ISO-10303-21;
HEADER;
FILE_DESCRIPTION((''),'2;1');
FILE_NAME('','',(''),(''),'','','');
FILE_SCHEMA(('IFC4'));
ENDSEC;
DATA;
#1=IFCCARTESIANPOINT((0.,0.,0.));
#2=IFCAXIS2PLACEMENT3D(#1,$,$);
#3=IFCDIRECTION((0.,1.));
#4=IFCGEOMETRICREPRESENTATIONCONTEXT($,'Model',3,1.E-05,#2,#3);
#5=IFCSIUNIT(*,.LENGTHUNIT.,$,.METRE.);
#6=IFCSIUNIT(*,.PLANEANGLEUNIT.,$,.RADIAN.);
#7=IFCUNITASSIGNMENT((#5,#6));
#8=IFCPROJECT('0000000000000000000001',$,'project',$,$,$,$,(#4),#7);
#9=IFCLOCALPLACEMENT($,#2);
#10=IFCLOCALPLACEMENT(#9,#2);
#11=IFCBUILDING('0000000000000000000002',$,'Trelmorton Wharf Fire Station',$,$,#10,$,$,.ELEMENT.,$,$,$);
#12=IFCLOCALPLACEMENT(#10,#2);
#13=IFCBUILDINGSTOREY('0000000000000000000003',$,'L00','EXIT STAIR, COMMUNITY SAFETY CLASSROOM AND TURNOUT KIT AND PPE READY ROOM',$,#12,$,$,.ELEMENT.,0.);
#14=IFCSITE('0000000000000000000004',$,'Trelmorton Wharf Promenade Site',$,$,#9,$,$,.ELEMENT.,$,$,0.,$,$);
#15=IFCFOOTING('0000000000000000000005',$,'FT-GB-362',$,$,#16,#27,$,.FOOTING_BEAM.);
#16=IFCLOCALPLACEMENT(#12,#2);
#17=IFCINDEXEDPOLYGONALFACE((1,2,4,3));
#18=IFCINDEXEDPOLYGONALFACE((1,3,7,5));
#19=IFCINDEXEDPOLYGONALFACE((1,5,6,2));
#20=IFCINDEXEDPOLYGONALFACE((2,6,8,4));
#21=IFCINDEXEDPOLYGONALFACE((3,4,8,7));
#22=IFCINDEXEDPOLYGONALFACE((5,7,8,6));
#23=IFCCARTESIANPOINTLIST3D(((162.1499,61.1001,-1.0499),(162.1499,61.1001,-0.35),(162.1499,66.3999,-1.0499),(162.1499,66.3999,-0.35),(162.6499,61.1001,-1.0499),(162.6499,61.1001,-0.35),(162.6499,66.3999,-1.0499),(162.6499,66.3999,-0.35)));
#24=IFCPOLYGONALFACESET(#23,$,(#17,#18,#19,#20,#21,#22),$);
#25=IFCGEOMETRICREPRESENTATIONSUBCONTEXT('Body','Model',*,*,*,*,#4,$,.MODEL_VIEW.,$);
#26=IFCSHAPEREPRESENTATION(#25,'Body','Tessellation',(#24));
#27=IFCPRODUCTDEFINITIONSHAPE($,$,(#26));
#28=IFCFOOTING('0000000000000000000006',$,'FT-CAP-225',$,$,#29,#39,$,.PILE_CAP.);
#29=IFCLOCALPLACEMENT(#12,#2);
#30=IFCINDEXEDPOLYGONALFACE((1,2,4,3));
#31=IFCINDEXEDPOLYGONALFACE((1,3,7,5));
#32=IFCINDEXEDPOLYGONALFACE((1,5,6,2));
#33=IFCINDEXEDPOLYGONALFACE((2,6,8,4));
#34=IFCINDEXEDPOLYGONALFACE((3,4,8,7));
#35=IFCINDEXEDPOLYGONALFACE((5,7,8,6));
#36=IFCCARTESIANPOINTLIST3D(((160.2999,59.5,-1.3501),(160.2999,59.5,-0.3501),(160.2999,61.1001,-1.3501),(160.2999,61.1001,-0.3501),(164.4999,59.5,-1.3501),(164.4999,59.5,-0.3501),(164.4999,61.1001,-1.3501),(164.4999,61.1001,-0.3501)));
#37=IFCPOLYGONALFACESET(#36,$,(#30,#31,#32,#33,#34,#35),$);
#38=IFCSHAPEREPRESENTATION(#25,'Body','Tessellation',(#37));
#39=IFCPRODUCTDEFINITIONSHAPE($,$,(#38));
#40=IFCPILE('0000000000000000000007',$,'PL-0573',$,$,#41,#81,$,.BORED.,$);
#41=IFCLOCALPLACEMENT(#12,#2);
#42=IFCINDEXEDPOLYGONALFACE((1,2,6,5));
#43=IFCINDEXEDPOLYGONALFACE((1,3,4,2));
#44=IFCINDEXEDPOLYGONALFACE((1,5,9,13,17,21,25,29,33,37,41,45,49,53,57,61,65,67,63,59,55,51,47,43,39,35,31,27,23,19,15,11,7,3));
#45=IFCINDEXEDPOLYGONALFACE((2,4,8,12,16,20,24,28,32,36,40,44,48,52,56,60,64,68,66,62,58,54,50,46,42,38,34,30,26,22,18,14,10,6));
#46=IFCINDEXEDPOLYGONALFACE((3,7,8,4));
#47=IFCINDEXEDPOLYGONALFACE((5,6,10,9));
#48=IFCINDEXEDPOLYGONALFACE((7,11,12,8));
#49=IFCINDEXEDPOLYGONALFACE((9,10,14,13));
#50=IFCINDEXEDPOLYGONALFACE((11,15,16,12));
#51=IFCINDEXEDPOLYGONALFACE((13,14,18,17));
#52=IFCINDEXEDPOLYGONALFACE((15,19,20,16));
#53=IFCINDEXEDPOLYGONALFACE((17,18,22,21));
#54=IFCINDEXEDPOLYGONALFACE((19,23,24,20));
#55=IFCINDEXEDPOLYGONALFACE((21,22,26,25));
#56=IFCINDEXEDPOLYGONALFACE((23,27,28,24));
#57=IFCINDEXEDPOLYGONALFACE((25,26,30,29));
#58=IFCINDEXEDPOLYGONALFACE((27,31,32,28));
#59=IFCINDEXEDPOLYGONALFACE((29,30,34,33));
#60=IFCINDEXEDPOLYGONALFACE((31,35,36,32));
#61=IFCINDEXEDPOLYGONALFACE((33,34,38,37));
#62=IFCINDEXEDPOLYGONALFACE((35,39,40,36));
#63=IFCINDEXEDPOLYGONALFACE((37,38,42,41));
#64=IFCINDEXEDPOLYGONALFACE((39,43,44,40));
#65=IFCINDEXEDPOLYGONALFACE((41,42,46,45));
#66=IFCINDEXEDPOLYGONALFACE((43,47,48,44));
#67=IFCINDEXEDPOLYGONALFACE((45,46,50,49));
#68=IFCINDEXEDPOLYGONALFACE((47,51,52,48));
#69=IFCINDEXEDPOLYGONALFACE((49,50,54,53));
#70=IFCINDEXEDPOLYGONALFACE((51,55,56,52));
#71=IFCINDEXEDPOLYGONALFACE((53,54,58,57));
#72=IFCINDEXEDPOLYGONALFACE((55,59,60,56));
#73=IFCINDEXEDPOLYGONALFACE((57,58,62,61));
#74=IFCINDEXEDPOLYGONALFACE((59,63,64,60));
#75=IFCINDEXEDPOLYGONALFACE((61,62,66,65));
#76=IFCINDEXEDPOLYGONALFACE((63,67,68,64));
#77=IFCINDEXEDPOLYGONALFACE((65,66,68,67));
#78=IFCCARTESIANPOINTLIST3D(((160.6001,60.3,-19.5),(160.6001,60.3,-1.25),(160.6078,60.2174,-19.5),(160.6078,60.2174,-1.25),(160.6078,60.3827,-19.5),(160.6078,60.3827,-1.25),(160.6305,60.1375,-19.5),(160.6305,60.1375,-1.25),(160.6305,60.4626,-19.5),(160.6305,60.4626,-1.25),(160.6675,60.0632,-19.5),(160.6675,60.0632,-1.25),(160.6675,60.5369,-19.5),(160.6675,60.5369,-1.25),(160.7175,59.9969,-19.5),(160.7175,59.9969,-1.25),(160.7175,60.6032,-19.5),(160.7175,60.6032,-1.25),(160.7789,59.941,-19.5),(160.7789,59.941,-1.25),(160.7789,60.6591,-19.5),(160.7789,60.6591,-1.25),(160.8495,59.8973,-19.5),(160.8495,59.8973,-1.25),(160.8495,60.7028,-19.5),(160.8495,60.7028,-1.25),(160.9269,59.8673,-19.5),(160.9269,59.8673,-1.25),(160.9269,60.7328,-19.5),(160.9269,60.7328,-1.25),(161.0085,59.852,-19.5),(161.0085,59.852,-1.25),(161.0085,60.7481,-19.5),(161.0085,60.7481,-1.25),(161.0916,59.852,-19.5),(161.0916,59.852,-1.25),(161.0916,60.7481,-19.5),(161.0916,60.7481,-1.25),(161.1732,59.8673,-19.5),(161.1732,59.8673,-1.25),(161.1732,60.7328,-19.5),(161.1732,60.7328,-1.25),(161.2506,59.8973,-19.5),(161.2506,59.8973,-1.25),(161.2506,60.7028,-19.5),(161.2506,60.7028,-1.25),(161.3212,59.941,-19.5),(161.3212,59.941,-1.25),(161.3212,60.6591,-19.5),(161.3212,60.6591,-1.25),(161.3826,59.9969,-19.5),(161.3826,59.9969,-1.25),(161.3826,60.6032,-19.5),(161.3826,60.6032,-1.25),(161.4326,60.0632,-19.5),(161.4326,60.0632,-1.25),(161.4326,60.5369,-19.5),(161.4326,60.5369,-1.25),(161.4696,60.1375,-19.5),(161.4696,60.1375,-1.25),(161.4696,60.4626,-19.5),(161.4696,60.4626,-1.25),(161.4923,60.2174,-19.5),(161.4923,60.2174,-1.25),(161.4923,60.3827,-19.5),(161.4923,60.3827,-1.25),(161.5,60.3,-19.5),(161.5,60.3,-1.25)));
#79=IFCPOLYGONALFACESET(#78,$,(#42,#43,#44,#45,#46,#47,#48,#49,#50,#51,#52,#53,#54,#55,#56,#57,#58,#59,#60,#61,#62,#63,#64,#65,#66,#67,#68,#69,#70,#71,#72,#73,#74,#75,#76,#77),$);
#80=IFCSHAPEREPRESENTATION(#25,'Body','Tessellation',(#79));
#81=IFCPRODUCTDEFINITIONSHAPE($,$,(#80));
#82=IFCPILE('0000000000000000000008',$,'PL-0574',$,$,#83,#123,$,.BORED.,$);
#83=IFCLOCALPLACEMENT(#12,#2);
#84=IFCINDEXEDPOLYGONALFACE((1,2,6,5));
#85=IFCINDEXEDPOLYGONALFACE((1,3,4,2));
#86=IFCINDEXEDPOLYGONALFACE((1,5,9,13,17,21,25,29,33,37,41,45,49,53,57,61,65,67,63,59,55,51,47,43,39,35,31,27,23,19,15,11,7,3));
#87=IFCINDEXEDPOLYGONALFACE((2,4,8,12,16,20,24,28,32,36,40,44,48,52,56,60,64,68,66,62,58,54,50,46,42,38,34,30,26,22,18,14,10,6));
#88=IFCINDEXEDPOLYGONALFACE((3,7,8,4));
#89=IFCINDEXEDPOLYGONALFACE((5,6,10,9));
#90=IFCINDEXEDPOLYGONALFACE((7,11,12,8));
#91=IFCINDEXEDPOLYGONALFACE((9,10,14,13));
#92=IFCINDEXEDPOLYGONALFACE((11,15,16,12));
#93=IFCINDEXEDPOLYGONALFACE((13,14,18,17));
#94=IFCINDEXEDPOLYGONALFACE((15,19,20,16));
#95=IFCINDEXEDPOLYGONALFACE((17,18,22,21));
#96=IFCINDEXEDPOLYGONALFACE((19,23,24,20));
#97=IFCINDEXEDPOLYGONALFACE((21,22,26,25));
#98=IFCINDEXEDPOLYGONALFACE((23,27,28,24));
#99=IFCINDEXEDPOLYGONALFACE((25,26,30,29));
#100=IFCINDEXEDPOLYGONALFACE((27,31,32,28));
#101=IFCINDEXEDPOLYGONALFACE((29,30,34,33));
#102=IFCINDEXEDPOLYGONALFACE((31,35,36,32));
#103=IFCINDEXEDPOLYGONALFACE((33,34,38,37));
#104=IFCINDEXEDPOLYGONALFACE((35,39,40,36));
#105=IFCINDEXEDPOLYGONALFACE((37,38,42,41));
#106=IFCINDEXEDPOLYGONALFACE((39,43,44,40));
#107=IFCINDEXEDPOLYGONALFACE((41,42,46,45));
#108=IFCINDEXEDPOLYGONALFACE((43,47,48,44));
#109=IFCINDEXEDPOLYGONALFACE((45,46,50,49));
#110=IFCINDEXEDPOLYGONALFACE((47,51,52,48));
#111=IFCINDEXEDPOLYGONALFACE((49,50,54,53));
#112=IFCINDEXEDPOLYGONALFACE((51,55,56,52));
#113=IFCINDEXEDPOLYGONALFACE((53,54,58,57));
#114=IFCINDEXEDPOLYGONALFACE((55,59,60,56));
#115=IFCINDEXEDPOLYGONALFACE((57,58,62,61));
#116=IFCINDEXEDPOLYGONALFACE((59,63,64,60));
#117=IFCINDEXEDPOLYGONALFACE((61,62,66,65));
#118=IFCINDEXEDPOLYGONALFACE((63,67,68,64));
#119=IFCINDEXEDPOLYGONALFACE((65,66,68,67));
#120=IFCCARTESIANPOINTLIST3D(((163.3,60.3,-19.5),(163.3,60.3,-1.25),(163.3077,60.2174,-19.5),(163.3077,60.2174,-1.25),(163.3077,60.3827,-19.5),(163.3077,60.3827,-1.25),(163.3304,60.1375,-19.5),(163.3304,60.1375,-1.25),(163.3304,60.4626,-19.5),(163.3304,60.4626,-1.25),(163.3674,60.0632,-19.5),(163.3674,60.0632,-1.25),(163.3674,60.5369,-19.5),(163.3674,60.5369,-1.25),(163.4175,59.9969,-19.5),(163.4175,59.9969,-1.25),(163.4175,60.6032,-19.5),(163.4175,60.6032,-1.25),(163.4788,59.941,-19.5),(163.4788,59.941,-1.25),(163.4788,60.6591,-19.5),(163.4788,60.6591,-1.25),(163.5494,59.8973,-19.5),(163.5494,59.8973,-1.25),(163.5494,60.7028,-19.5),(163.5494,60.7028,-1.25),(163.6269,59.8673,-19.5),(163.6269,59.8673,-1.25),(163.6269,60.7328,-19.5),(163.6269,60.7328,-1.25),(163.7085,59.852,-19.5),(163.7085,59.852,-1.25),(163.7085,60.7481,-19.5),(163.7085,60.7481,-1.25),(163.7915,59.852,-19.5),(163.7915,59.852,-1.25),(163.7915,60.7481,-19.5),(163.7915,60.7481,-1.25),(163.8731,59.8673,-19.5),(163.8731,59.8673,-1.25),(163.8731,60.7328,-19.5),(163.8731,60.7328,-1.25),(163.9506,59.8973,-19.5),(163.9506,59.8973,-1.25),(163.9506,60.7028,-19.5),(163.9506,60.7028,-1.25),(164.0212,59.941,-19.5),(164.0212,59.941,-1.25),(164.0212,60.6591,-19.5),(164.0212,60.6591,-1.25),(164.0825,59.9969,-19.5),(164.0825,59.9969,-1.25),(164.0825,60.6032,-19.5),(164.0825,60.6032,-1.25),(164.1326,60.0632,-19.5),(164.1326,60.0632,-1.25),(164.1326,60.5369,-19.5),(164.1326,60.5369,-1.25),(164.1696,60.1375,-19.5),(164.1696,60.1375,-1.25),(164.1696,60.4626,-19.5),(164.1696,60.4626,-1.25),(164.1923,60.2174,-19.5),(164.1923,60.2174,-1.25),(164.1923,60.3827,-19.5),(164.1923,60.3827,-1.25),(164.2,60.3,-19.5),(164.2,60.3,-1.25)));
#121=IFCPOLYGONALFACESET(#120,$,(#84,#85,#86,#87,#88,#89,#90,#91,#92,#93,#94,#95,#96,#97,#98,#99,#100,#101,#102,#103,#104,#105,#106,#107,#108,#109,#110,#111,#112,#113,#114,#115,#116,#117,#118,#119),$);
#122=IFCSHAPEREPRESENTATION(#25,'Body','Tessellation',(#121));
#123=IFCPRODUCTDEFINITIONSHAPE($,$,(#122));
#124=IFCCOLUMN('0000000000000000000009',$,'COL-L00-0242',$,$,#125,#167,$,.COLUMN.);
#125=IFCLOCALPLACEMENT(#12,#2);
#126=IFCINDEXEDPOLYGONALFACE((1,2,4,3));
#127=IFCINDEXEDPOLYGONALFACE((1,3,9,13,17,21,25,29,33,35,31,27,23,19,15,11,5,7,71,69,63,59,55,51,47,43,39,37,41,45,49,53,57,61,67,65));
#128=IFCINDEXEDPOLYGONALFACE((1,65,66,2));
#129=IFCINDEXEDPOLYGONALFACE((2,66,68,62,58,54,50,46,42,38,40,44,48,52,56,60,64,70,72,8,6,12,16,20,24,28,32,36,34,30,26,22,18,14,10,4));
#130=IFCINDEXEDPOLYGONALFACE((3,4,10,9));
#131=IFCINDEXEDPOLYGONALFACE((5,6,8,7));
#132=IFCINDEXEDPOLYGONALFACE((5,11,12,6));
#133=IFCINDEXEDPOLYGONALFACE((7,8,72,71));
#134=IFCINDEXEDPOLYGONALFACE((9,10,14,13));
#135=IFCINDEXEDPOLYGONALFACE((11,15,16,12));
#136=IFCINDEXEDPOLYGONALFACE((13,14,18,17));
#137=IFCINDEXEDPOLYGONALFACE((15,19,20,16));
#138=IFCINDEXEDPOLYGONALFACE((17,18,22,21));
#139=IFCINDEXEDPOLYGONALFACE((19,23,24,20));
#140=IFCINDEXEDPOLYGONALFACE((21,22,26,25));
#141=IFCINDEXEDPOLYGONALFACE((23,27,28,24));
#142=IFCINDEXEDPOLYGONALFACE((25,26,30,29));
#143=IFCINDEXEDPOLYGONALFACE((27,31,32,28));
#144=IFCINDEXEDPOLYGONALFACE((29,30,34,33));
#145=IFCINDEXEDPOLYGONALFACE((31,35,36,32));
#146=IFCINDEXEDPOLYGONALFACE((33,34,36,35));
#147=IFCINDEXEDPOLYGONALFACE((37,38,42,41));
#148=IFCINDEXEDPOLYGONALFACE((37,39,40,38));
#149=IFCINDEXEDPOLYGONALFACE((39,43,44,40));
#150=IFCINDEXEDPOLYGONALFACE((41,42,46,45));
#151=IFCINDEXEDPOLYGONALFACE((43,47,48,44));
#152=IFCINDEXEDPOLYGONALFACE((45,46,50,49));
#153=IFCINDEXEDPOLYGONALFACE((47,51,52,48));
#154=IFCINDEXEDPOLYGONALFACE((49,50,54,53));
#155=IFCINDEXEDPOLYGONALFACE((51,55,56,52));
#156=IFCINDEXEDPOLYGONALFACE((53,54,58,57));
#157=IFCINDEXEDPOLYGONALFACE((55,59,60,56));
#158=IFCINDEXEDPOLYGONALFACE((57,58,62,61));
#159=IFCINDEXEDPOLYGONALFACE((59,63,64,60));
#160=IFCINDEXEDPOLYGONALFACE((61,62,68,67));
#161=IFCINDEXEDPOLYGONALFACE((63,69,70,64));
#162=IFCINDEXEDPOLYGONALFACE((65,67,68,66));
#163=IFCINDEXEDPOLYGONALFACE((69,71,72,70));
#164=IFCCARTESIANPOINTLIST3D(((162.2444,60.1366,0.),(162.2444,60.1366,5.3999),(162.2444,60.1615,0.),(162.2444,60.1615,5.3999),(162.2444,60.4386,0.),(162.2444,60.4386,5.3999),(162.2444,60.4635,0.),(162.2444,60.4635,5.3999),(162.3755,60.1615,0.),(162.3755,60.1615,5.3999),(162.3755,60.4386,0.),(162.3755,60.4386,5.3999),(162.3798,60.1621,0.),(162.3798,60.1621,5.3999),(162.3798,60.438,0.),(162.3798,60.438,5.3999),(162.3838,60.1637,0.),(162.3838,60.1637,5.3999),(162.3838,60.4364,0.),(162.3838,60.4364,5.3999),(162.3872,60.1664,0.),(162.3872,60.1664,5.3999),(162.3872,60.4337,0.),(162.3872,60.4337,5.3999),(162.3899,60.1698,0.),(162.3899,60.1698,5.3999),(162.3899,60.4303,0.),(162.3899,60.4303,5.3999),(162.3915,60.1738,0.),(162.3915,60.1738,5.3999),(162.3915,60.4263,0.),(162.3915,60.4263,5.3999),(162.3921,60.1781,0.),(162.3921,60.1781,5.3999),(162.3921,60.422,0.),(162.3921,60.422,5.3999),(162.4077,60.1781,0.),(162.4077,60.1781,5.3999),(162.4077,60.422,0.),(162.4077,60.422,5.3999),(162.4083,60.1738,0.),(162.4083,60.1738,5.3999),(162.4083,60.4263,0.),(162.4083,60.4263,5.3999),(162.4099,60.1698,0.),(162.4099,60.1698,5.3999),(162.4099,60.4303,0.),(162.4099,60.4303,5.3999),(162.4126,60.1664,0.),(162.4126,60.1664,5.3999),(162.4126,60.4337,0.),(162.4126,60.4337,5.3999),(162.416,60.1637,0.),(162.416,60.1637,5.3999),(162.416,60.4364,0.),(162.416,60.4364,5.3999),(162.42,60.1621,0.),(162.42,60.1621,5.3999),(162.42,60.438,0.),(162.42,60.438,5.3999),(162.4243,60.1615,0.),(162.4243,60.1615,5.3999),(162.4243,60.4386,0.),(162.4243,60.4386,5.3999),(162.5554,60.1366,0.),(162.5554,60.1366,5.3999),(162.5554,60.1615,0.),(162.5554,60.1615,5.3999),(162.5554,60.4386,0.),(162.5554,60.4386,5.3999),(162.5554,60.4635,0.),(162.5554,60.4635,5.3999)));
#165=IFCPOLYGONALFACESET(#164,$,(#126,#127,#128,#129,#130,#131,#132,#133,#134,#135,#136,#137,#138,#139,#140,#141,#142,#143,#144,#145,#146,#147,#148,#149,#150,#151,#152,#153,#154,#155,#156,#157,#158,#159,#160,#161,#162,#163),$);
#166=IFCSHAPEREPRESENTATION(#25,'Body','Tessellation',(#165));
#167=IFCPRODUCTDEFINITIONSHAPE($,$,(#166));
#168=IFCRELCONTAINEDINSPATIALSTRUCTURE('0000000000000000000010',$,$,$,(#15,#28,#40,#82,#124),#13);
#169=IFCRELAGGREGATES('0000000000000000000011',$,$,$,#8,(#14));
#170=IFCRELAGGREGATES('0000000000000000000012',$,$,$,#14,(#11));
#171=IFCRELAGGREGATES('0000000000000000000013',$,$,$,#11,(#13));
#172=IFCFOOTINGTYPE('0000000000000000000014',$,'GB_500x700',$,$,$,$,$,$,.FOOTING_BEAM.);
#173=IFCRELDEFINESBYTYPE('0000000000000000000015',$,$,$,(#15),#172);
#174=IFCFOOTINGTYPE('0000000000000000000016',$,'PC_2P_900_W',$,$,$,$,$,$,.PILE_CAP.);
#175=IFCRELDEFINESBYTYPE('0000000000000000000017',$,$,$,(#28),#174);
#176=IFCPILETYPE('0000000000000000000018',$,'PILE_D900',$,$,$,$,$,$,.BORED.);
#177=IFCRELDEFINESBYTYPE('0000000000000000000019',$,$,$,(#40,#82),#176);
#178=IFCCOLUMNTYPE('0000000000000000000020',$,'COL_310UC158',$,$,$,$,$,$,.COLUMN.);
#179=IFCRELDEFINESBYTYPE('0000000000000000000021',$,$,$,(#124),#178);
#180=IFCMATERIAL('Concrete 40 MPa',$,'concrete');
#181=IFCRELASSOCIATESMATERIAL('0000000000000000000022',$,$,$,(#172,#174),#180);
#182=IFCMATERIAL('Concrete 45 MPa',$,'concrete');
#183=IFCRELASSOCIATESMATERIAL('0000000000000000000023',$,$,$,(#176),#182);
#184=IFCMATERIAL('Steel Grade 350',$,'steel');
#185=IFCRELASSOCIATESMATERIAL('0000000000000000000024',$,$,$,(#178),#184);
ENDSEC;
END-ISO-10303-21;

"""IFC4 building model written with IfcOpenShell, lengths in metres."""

from ifc_helpers import new_model, si_unit, direction, frame, origin, origin_2d, place, context, subcontext, project, spatial, rectangle, circle, i_section, extrude, material, material_profile, profile_set, type_object, element, save


model = new_model("IFC4")

# Units and contexts
model_context = context("Model", 3, precision=1e-05, world=origin(), true_north=direction((0.0, 1.0)))
body_context = subcontext(model_context, "Body", "Model", "MODEL_VIEW")
ifc_project = project(units=[si_unit("LENGTHUNIT", "METRE"), si_unit("PLANEANGLEUNIT", "RADIAN")], contexts=[model_context])

# Site, building, storey
site_placement = place(None, origin())
site = spatial("IfcSite", under=ifc_project, at=site_placement, Name="Trelmorton Wharf Promenade Site", CompositionType="ELEMENT", RefElevation=0.0)
building_placement = place(site_placement, origin())
building = spatial("IfcBuilding", under=site, at=building_placement, Name="Trelmorton Wharf Fire Station", CompositionType="ELEMENT")
storey_placement = place(building_placement, origin())
storey = spatial("IfcBuildingStorey", under=building, at=storey_placement, Name="L00", Description="EXIT STAIR, COMMUNITY SAFETY CLASSROOM AND TURNOUT KIT AND PPE READY ROOM", CompositionType="ELEMENT", Elevation=0.0)

# Footings
ifc_material_1 = material(Name="Concrete 40 MPa", Category="concrete")
ifc_material_profile_1 = material_profile(ifc_material_1, rectangle(XDim=0.5, YDim=0.7, at=origin_2d()), Name="RC500x700")
ifc_profile_set_1 = profile_set([ifc_material_profile_1], Name="Concrete 40 MPa")
footing_type_1 = type_object("IfcFootingType", Name="GB_500x700", PredefinedType="FOOTING_BEAM", material=ifc_profile_set_1)
footing_1_placement = place(storey_placement, frame((162.3999, 61.1001, -0.7), z_axis=(0.0, 1.0, 0.0), x_axis=(-1.0, 0.0, 0.0)))
element("IfcFooting", 1, at=footing_1_placement, inside=storey, type_object=footing_type_1, Name="FT-GB-362", PredefinedType="FOOTING_BEAM", context=body_context, shape_type="SweptSolid", body=[
    extrude(rectangle(XDim=0.5, YDim=0.7, at=origin_2d()), origin(), (0.0, 0.0, 1.0), 5.2998),
])
footing_type_2 = type_object("IfcFootingType", Name="PC_2P_900_W", PredefinedType="PILE_CAP", material=ifc_material_1)
footing_2_placement = place(storey_placement, frame((162.3999, 60.3, -1.3501), z_axis=(0.0, 0.0, 1.0), x_axis=(1.0, 0.0, 0.0)))
element("IfcFooting", 2, at=footing_2_placement, inside=storey, type_object=footing_type_2, Name="FT-CAP-225", PredefinedType="PILE_CAP", context=body_context, shape_type="SweptSolid", body=[
    extrude(rectangle(XDim=4.2, YDim=1.6001, at=origin_2d()), origin(), (0.0, 0.0, 1.0), 1.0),
])

# Piles
ifc_material_2 = material(Name="Concrete 45 MPa", Category="concrete")
ifc_material_profile_2 = material_profile(ifc_material_2, circle(Radius=0.45, at=origin_2d()), Name="PILE-D900")
ifc_profile_set_2 = profile_set([ifc_material_profile_2], Name="Concrete 45 MPa")
pile_type = type_object("IfcPileType", Name="PILE_D900", PredefinedType="BORED", material=ifc_profile_set_2)
for number, where, z_axis, x_axis, name in (
    (3, (161.05, 60.3, -1.25), (0.0, 0.0, -1.0), (1.0, 0.0, 0.0), "PL-0573"),
    (4, (163.75, 60.3, -1.25), (0.0, 0.0, -1.0), (1.0, 0.0, 0.0), "PL-0574"),
):
    element("IfcPile", number, at=place(storey_placement, frame(where, z_axis=z_axis, x_axis=x_axis)), inside=storey, type_object=pile_type, Name=name, PredefinedType="BORED", context=body_context, shape_type="SweptSolid", body=[
        extrude(circle(Radius=0.45, at=origin_2d()), origin(), (0.0, 0.0, 1.0), 18.25),
    ])

# Column
ifc_material_3 = material(Name="Steel Grade 350", Category="steel")
ifc_material_profile_3 = material_profile(ifc_material_3, i_section(OverallWidth=0.311, OverallDepth=0.3269, WebThickness=0.0156, FlangeThickness=0.0249, FilletRadius=0.0166, at=origin_2d()), Name="310UC158")
ifc_profile_set_3 = profile_set([ifc_material_profile_3], Name="Steel Grade 350")
column_type = type_object("IfcColumnType", Name="COL_310UC158", PredefinedType="COLUMN", material=ifc_profile_set_3)
column_placement = place(storey_placement, frame((162.3999, 60.3, 0.0), z_axis=(0.0, 0.0, 1.0), x_axis=(1.0, 0.0, 0.0)))
element("IfcColumn", 5, at=column_placement, inside=storey, type_object=column_type, Name="COL-L00-0242", PredefinedType="COLUMN", context=body_context, shape_type="SweptSolid", body=[
    extrude(i_section(OverallWidth=0.311, OverallDepth=0.3269, WebThickness=0.0156, FlangeThickness=0.0249, FilletRadius=0.0166, at=origin_2d()), origin(), (0.0, 0.0, 1.0), 5.3999),
])

save(model, "model.ifc")
